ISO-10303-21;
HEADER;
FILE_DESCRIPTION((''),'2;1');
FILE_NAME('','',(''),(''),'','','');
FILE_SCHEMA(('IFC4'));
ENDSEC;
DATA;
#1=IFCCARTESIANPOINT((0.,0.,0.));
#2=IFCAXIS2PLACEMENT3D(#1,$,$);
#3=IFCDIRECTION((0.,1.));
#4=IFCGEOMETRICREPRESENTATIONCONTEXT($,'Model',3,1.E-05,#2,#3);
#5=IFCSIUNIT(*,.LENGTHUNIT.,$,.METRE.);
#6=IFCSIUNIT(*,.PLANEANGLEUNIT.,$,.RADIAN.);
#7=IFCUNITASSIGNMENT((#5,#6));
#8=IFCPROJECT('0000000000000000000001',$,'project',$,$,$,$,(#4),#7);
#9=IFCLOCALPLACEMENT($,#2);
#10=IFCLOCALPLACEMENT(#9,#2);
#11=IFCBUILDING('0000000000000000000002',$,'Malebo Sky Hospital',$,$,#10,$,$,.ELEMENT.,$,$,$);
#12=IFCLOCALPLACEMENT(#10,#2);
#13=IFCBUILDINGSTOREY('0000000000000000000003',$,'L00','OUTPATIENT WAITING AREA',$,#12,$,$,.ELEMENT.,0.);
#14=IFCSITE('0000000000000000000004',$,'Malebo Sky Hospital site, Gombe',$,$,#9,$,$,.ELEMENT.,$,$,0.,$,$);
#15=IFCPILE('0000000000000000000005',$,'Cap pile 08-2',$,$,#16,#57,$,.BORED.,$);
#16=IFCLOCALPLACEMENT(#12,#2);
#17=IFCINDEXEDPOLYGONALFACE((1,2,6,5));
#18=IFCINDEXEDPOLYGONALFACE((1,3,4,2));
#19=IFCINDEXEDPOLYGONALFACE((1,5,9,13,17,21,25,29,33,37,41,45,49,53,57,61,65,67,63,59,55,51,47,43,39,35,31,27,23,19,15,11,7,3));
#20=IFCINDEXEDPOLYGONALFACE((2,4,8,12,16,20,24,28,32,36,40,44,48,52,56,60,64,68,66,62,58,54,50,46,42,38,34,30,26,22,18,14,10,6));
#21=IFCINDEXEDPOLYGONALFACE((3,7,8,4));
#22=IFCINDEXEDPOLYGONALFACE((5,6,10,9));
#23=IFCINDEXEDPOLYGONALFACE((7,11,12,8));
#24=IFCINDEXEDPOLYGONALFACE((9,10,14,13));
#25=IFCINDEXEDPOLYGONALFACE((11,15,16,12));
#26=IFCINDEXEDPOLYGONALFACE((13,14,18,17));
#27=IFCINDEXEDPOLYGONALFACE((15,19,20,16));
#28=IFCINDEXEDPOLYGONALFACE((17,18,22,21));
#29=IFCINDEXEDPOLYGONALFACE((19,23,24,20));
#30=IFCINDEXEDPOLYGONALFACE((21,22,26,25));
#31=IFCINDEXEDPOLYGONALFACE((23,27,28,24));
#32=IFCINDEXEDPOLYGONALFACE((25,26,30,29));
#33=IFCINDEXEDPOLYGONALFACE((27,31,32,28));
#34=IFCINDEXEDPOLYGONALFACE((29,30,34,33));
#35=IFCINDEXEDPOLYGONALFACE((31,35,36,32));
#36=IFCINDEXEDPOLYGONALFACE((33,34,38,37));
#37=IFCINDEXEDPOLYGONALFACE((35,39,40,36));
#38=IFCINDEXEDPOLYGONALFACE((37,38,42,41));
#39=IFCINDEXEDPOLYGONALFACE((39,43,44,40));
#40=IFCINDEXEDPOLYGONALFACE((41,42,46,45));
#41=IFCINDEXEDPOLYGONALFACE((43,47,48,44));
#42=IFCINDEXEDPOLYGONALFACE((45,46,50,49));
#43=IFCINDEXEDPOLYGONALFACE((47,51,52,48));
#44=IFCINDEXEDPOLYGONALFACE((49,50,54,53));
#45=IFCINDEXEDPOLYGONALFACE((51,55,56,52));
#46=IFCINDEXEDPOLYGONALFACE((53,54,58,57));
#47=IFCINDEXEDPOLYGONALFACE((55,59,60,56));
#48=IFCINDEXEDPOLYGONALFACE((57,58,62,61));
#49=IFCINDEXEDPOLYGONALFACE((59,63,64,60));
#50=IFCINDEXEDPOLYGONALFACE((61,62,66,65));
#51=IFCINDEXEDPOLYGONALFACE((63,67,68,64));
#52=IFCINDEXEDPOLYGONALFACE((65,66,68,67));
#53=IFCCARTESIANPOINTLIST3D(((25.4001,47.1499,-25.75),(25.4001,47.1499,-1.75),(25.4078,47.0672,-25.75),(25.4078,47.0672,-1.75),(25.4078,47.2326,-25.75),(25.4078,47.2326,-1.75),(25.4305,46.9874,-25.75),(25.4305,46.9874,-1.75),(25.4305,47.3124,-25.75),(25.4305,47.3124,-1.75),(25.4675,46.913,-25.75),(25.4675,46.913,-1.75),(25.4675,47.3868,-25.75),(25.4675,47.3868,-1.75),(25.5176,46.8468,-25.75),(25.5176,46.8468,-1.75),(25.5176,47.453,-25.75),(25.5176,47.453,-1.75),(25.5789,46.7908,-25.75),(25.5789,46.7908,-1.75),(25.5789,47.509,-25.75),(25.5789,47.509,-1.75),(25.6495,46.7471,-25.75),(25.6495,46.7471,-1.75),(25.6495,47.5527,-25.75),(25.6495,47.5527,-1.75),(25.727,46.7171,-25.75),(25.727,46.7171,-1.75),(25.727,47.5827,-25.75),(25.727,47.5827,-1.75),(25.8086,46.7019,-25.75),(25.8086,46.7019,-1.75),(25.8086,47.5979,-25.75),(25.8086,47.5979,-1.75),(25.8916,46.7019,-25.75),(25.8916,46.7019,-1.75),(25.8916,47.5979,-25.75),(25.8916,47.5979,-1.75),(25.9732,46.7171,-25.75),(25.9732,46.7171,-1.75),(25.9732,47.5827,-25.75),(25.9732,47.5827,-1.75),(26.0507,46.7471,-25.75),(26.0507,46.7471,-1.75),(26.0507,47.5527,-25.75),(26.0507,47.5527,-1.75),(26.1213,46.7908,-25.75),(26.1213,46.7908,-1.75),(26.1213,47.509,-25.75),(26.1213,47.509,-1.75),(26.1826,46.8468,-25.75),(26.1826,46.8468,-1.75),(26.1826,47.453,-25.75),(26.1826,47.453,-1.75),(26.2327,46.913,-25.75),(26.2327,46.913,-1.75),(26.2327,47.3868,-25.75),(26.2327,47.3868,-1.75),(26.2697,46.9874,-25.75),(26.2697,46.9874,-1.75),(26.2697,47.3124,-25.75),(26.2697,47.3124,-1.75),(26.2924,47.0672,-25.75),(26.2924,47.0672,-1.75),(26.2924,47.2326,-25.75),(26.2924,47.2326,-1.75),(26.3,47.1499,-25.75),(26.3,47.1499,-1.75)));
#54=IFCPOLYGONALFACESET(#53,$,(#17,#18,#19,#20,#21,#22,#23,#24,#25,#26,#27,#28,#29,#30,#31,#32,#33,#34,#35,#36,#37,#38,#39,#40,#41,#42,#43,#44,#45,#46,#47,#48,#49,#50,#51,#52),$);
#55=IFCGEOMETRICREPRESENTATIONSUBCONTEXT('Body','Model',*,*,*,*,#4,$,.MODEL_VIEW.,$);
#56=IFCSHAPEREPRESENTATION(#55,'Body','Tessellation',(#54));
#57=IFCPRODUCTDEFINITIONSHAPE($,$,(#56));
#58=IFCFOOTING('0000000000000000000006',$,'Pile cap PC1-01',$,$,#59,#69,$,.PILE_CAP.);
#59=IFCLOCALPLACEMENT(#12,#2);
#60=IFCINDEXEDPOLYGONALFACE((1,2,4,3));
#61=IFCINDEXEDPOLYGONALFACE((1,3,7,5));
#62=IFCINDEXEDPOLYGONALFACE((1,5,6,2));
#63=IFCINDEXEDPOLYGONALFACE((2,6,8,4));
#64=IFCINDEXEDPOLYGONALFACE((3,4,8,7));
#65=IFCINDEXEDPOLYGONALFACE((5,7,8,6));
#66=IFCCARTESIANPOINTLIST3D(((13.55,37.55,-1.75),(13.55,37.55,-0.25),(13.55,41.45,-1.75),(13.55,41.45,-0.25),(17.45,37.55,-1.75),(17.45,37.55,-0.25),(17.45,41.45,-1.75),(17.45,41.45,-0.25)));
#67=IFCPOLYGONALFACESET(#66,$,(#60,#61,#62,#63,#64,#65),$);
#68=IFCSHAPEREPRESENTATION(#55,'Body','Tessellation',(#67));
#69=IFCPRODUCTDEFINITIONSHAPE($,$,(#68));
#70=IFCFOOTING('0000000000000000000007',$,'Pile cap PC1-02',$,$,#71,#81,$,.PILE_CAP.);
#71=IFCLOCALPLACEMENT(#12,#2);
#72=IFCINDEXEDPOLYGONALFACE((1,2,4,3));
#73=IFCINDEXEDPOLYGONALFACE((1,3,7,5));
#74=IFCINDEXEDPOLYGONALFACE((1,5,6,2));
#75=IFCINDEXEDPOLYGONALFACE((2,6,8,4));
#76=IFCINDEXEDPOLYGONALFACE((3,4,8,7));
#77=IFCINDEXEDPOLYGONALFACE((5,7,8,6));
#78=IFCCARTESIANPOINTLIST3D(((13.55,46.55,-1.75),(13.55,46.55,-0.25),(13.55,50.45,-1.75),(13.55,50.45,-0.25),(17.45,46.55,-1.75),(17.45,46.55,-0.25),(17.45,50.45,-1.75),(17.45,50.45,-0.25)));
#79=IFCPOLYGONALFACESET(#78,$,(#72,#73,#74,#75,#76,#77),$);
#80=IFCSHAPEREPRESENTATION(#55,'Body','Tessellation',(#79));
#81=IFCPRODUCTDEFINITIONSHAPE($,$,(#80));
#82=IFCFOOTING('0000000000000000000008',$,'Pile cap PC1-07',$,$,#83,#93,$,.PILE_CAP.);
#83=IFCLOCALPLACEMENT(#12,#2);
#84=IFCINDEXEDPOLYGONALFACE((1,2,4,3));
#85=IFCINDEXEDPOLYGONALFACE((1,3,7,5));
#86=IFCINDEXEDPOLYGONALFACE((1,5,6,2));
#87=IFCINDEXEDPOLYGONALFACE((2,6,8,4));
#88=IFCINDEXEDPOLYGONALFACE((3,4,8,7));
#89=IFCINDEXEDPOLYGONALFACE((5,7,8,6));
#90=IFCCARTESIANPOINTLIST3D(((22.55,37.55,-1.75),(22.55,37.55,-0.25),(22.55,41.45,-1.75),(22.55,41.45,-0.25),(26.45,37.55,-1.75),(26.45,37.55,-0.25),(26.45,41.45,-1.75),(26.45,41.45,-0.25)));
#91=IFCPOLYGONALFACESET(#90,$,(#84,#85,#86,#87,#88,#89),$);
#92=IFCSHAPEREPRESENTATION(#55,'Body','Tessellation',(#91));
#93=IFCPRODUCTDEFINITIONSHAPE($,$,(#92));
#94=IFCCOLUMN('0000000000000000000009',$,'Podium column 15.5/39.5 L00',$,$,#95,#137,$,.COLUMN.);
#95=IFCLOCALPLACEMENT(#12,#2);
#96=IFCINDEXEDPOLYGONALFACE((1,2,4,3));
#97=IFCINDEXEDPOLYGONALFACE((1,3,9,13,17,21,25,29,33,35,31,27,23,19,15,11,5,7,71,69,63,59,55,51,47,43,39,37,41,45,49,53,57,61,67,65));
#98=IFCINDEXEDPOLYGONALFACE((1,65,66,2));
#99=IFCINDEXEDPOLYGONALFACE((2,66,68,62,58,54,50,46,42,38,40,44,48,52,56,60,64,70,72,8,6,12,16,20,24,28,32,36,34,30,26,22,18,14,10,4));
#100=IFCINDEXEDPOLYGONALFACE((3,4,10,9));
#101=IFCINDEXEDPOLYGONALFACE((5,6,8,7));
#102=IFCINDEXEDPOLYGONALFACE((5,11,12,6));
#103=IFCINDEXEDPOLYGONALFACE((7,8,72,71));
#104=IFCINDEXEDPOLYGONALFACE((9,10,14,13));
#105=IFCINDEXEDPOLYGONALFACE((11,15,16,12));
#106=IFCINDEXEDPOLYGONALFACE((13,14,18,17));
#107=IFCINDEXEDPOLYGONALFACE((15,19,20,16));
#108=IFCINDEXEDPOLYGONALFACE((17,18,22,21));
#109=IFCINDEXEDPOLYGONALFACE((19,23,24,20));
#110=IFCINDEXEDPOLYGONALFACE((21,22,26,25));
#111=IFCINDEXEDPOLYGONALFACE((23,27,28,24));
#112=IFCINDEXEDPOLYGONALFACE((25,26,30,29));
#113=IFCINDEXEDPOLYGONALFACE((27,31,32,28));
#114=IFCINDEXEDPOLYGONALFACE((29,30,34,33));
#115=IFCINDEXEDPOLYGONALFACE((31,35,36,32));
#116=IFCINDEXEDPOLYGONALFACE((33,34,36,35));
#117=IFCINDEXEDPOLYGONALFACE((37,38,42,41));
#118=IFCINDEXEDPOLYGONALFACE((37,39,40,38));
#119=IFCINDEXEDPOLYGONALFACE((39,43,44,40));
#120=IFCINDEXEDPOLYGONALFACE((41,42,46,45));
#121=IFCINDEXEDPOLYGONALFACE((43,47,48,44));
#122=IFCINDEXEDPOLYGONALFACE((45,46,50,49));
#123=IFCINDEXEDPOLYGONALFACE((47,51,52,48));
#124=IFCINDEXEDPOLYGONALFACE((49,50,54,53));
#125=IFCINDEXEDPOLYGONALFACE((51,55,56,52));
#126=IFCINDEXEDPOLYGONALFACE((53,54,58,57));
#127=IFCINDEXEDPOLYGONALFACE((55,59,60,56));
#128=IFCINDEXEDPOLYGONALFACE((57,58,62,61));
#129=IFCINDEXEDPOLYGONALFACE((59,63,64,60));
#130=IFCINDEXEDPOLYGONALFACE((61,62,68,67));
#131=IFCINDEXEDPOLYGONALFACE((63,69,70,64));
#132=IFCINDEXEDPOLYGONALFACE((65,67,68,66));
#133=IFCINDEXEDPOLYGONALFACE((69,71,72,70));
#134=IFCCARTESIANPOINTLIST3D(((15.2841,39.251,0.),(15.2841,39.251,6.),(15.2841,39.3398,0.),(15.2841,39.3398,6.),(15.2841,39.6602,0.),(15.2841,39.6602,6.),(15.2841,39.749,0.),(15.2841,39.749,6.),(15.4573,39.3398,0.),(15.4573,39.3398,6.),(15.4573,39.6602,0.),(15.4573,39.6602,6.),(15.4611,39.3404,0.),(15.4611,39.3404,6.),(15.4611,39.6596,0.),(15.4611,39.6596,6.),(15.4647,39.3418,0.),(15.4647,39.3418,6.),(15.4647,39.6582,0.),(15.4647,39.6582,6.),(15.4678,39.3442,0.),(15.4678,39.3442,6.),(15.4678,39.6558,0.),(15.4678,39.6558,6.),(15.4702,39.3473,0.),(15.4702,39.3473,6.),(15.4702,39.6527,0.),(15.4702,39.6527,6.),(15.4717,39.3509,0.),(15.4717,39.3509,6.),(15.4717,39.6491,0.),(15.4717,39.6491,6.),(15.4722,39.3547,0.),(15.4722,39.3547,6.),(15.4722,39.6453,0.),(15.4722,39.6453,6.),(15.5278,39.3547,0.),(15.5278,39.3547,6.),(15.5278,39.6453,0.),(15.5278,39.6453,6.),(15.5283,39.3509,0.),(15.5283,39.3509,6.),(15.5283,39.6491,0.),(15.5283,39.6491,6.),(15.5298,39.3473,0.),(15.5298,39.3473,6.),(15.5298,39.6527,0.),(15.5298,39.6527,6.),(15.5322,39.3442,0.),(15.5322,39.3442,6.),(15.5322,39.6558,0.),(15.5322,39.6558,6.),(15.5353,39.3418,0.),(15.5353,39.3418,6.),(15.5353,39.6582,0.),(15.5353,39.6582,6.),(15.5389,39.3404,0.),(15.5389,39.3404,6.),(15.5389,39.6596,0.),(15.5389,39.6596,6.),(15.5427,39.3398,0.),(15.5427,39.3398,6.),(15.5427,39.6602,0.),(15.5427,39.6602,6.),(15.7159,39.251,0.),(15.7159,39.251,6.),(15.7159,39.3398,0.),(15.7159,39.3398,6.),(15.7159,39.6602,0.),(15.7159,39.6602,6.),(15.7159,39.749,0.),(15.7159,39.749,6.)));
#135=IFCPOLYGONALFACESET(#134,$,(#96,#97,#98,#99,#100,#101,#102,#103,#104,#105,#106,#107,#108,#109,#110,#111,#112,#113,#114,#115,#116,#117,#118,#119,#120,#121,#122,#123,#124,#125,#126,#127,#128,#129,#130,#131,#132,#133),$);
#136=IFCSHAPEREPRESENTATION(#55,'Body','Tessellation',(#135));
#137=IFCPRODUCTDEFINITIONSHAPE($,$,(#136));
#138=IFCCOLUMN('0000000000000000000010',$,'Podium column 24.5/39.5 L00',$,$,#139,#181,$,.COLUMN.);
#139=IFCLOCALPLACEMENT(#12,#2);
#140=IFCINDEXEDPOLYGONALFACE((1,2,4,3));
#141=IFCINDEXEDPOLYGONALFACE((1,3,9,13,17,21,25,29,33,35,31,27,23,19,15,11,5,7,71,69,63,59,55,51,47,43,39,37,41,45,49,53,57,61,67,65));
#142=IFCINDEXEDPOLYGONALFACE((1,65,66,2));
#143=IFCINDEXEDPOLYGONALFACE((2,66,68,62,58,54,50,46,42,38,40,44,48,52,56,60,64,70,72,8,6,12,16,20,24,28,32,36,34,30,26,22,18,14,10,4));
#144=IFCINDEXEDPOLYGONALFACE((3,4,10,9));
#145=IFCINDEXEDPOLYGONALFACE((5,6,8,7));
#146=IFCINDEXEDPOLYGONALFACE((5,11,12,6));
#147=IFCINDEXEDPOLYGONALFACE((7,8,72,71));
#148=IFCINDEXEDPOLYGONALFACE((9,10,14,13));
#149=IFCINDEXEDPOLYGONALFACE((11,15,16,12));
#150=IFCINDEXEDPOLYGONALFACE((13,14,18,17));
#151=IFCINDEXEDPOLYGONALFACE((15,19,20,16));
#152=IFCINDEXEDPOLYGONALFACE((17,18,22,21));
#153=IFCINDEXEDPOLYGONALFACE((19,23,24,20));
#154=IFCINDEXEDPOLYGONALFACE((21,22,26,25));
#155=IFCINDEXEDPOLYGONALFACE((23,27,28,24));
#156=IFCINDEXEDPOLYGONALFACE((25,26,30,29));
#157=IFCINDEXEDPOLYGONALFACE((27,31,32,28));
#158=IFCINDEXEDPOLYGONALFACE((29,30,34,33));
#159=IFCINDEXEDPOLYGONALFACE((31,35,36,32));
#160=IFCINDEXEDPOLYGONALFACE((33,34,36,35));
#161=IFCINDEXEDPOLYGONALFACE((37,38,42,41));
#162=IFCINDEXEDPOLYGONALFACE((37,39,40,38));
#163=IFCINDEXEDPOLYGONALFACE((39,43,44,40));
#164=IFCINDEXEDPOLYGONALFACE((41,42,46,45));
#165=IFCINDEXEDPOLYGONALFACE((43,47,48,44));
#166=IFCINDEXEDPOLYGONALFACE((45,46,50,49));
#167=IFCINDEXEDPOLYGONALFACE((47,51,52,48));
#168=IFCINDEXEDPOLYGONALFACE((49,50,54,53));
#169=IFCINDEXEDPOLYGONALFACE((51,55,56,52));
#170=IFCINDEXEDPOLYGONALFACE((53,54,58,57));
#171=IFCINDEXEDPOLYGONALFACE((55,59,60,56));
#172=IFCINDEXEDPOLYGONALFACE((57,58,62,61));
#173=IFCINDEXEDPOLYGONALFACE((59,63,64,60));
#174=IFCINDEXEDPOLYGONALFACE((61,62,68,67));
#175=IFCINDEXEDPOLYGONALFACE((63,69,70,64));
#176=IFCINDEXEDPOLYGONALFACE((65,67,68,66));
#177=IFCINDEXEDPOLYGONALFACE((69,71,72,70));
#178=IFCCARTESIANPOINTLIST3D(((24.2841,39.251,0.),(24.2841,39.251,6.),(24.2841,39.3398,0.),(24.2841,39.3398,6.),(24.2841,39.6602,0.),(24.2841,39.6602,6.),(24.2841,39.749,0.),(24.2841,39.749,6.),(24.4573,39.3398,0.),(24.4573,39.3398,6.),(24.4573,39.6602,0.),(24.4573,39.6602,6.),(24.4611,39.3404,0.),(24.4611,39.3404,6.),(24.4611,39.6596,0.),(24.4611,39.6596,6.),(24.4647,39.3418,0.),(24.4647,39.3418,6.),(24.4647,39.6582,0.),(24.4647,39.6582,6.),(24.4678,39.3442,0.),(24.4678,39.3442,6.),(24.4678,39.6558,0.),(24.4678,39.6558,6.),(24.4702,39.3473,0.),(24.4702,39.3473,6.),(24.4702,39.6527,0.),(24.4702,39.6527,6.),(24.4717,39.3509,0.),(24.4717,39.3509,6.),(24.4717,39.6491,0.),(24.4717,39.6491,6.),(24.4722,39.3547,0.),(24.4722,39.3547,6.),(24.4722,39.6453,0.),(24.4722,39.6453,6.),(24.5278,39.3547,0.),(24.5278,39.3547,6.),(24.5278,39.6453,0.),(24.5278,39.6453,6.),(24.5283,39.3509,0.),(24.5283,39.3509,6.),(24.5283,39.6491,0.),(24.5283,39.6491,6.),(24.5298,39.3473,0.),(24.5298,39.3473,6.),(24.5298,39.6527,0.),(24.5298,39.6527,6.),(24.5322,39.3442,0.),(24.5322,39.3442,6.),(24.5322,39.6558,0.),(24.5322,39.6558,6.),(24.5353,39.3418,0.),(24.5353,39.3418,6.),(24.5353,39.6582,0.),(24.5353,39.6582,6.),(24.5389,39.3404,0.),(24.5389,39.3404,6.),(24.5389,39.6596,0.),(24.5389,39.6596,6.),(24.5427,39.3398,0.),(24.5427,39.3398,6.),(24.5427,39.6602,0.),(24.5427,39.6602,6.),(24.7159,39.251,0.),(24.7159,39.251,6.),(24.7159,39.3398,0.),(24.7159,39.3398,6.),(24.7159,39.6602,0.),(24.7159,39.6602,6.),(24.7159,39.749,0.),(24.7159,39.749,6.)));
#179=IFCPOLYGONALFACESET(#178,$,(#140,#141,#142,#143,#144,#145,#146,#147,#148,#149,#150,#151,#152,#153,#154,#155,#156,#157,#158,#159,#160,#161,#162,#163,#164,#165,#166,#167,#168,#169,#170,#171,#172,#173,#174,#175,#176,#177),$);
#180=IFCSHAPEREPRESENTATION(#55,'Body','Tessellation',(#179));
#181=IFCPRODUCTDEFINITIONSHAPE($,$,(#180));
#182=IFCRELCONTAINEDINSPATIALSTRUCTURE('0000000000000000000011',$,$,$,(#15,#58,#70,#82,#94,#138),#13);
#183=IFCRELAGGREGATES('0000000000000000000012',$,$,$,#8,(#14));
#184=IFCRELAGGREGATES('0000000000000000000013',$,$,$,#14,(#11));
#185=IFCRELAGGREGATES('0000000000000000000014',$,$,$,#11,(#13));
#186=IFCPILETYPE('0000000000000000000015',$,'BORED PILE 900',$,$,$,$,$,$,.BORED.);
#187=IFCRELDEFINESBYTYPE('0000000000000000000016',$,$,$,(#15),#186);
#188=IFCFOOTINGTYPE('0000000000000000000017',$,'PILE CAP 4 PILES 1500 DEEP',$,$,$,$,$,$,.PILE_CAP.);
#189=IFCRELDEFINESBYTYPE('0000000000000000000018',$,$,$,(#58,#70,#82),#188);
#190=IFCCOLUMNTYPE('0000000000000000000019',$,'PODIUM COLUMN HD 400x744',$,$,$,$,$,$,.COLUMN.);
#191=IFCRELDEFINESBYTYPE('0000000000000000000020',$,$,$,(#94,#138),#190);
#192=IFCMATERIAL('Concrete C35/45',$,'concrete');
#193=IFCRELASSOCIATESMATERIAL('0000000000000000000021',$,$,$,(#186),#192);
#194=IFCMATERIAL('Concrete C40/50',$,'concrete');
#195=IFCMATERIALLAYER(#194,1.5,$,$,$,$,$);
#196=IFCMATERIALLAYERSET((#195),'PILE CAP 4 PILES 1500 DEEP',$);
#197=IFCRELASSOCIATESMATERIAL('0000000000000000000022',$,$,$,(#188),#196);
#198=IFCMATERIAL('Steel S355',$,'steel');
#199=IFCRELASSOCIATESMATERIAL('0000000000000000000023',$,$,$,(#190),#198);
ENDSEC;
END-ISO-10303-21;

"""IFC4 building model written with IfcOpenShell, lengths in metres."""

from ifc_helpers import new_model, si_unit, direction, frame, origin, origin_2d, place, context, subcontext, project, spatial, rectangle, circle, i_section, extrude, material, layer, layer_set, material_profile, profile_set, type_object, element, save


model = new_model("IFC4")

# Units and contexts
model_context = context("Model", 3, precision=1e-05, world=origin(), true_north=direction((0.0, 1.0)))
body_context = subcontext(model_context, "Body", "Model", "MODEL_VIEW")
ifc_project = project(units=[si_unit("LENGTHUNIT", "METRE"), si_unit("PLANEANGLEUNIT", "RADIAN")], contexts=[model_context])

# Site, building, storey
site_placement = place(None, origin())
site = spatial("IfcSite", under=ifc_project, at=site_placement, Name="Malebo Sky Hospital site, Gombe", CompositionType="ELEMENT", RefElevation=0.0)
building_placement = place(site_placement, origin())
building = spatial("IfcBuilding", under=site, at=building_placement, Name="Malebo Sky Hospital", CompositionType="ELEMENT")
storey_placement = place(building_placement, origin())
storey = spatial("IfcBuildingStorey", under=building, at=storey_placement, Name="L00", Description="OUTPATIENT WAITING AREA", CompositionType="ELEMENT", Elevation=0.0)

# Pile
ifc_material_1 = material(Name="Concrete C35/45", Category="concrete")
ifc_material_profile_1 = material_profile(ifc_material_1, circle(Radius=0.45, at=origin_2d()), Name="BP 900")
ifc_profile_set_1 = profile_set([ifc_material_profile_1], Name="Concrete C35/45")
pile_type = type_object("IfcPileType", Name="BORED PILE 900", PredefinedType="BORED", material=ifc_profile_set_1)
for number, where, z_axis, x_axis, name in (
    (1, (25.8501, 47.1499, -1.75), (0.0, 0.0, -1.0), (1.0, 0.0, 0.0), "Cap pile 08-2"),
):
    element("IfcPile", number, at=place(storey_placement, frame(where, z_axis=z_axis, x_axis=x_axis)), inside=storey, type_object=pile_type, Name=name, PredefinedType="BORED", context=body_context, shape_type="SweptSolid", body=[
        extrude(circle(Radius=0.45, at=origin_2d()), origin(), (0.0, 0.0, 1.0), 24.0),
    ])

# Footings
ifc_material_2 = material(Name="Concrete C40/50", Category="concrete")
ifc_layer_1 = layer(ifc_material_2, 1.5)
ifc_layer_set_1 = layer_set([ifc_layer_1], Name="PILE CAP 4 PILES 1500 DEEP")
footing_type = type_object("IfcFootingType", Name="PILE CAP 4 PILES 1500 DEEP", PredefinedType="PILE_CAP", material=ifc_layer_set_1)
for number, where, z_axis, x_axis, name in (
    (2, (15.5, 39.5, -1.75), (0.0, 0.0, 1.0), (1.0, 0.0, 0.0), "Pile cap PC1-01"),
    (3, (15.5, 48.5, -1.75), (0.0, 0.0, 1.0), (1.0, 0.0, 0.0), "Pile cap PC1-02"),
    (4, (24.5, 39.5, -1.75), (0.0, 0.0, 1.0), (1.0, 0.0, 0.0), "Pile cap PC1-07"),
):
    element("IfcFooting", number, at=place(storey_placement, frame(where, z_axis=z_axis, x_axis=x_axis)), inside=storey, type_object=footing_type, Name=name, PredefinedType="PILE_CAP", context=body_context, shape_type="SweptSolid", body=[
        extrude(rectangle(XDim=3.8999, YDim=3.8999, at=origin_2d()), origin(), (0.0, 0.0, 1.0), 1.5),
    ])

# Columns
ifc_material_3 = material(Name="Steel S355", Category="steel")
ifc_material_profile_2 = material_profile(ifc_material_3, i_section(OverallWidth=0.4319, OverallDepth=0.498, WebThickness=0.0557, FlangeThickness=0.0889, FilletRadius=0.0149, at=origin_2d()), Name="HD 400x744")
ifc_profile_set_2 = profile_set([ifc_material_profile_2], Name="Steel S355")
column_type = type_object("IfcColumnType", Name="PODIUM COLUMN HD 400x744", PredefinedType="COLUMN", material=ifc_profile_set_2)
for number, where, z_axis, x_axis, name in (
    (5, (15.5, 39.5, 0.0), (0.0, 0.0, 1.0), (1.0, 0.0, 0.0), "Podium column 15.5/39.5 L00"),
    (6, (24.5, 39.5, 0.0), (0.0, 0.0, 1.0), (1.0, 0.0, 0.0), "Podium column 24.5/39.5 L00"),
):
    element("IfcColumn", number, at=place(storey_placement, frame(where, z_axis=z_axis, x_axis=x_axis)), inside=storey, type_object=column_type, Name=name, PredefinedType="COLUMN", context=body_context, shape_type="SweptSolid", body=[
        extrude(i_section(OverallWidth=0.4319, OverallDepth=0.498, WebThickness=0.0557, FlangeThickness=0.0889, FilletRadius=0.0149, at=origin_2d()), origin(), (0.0, 0.0, 1.0), 6.0),
    ])

save(model, "model.ifc")
